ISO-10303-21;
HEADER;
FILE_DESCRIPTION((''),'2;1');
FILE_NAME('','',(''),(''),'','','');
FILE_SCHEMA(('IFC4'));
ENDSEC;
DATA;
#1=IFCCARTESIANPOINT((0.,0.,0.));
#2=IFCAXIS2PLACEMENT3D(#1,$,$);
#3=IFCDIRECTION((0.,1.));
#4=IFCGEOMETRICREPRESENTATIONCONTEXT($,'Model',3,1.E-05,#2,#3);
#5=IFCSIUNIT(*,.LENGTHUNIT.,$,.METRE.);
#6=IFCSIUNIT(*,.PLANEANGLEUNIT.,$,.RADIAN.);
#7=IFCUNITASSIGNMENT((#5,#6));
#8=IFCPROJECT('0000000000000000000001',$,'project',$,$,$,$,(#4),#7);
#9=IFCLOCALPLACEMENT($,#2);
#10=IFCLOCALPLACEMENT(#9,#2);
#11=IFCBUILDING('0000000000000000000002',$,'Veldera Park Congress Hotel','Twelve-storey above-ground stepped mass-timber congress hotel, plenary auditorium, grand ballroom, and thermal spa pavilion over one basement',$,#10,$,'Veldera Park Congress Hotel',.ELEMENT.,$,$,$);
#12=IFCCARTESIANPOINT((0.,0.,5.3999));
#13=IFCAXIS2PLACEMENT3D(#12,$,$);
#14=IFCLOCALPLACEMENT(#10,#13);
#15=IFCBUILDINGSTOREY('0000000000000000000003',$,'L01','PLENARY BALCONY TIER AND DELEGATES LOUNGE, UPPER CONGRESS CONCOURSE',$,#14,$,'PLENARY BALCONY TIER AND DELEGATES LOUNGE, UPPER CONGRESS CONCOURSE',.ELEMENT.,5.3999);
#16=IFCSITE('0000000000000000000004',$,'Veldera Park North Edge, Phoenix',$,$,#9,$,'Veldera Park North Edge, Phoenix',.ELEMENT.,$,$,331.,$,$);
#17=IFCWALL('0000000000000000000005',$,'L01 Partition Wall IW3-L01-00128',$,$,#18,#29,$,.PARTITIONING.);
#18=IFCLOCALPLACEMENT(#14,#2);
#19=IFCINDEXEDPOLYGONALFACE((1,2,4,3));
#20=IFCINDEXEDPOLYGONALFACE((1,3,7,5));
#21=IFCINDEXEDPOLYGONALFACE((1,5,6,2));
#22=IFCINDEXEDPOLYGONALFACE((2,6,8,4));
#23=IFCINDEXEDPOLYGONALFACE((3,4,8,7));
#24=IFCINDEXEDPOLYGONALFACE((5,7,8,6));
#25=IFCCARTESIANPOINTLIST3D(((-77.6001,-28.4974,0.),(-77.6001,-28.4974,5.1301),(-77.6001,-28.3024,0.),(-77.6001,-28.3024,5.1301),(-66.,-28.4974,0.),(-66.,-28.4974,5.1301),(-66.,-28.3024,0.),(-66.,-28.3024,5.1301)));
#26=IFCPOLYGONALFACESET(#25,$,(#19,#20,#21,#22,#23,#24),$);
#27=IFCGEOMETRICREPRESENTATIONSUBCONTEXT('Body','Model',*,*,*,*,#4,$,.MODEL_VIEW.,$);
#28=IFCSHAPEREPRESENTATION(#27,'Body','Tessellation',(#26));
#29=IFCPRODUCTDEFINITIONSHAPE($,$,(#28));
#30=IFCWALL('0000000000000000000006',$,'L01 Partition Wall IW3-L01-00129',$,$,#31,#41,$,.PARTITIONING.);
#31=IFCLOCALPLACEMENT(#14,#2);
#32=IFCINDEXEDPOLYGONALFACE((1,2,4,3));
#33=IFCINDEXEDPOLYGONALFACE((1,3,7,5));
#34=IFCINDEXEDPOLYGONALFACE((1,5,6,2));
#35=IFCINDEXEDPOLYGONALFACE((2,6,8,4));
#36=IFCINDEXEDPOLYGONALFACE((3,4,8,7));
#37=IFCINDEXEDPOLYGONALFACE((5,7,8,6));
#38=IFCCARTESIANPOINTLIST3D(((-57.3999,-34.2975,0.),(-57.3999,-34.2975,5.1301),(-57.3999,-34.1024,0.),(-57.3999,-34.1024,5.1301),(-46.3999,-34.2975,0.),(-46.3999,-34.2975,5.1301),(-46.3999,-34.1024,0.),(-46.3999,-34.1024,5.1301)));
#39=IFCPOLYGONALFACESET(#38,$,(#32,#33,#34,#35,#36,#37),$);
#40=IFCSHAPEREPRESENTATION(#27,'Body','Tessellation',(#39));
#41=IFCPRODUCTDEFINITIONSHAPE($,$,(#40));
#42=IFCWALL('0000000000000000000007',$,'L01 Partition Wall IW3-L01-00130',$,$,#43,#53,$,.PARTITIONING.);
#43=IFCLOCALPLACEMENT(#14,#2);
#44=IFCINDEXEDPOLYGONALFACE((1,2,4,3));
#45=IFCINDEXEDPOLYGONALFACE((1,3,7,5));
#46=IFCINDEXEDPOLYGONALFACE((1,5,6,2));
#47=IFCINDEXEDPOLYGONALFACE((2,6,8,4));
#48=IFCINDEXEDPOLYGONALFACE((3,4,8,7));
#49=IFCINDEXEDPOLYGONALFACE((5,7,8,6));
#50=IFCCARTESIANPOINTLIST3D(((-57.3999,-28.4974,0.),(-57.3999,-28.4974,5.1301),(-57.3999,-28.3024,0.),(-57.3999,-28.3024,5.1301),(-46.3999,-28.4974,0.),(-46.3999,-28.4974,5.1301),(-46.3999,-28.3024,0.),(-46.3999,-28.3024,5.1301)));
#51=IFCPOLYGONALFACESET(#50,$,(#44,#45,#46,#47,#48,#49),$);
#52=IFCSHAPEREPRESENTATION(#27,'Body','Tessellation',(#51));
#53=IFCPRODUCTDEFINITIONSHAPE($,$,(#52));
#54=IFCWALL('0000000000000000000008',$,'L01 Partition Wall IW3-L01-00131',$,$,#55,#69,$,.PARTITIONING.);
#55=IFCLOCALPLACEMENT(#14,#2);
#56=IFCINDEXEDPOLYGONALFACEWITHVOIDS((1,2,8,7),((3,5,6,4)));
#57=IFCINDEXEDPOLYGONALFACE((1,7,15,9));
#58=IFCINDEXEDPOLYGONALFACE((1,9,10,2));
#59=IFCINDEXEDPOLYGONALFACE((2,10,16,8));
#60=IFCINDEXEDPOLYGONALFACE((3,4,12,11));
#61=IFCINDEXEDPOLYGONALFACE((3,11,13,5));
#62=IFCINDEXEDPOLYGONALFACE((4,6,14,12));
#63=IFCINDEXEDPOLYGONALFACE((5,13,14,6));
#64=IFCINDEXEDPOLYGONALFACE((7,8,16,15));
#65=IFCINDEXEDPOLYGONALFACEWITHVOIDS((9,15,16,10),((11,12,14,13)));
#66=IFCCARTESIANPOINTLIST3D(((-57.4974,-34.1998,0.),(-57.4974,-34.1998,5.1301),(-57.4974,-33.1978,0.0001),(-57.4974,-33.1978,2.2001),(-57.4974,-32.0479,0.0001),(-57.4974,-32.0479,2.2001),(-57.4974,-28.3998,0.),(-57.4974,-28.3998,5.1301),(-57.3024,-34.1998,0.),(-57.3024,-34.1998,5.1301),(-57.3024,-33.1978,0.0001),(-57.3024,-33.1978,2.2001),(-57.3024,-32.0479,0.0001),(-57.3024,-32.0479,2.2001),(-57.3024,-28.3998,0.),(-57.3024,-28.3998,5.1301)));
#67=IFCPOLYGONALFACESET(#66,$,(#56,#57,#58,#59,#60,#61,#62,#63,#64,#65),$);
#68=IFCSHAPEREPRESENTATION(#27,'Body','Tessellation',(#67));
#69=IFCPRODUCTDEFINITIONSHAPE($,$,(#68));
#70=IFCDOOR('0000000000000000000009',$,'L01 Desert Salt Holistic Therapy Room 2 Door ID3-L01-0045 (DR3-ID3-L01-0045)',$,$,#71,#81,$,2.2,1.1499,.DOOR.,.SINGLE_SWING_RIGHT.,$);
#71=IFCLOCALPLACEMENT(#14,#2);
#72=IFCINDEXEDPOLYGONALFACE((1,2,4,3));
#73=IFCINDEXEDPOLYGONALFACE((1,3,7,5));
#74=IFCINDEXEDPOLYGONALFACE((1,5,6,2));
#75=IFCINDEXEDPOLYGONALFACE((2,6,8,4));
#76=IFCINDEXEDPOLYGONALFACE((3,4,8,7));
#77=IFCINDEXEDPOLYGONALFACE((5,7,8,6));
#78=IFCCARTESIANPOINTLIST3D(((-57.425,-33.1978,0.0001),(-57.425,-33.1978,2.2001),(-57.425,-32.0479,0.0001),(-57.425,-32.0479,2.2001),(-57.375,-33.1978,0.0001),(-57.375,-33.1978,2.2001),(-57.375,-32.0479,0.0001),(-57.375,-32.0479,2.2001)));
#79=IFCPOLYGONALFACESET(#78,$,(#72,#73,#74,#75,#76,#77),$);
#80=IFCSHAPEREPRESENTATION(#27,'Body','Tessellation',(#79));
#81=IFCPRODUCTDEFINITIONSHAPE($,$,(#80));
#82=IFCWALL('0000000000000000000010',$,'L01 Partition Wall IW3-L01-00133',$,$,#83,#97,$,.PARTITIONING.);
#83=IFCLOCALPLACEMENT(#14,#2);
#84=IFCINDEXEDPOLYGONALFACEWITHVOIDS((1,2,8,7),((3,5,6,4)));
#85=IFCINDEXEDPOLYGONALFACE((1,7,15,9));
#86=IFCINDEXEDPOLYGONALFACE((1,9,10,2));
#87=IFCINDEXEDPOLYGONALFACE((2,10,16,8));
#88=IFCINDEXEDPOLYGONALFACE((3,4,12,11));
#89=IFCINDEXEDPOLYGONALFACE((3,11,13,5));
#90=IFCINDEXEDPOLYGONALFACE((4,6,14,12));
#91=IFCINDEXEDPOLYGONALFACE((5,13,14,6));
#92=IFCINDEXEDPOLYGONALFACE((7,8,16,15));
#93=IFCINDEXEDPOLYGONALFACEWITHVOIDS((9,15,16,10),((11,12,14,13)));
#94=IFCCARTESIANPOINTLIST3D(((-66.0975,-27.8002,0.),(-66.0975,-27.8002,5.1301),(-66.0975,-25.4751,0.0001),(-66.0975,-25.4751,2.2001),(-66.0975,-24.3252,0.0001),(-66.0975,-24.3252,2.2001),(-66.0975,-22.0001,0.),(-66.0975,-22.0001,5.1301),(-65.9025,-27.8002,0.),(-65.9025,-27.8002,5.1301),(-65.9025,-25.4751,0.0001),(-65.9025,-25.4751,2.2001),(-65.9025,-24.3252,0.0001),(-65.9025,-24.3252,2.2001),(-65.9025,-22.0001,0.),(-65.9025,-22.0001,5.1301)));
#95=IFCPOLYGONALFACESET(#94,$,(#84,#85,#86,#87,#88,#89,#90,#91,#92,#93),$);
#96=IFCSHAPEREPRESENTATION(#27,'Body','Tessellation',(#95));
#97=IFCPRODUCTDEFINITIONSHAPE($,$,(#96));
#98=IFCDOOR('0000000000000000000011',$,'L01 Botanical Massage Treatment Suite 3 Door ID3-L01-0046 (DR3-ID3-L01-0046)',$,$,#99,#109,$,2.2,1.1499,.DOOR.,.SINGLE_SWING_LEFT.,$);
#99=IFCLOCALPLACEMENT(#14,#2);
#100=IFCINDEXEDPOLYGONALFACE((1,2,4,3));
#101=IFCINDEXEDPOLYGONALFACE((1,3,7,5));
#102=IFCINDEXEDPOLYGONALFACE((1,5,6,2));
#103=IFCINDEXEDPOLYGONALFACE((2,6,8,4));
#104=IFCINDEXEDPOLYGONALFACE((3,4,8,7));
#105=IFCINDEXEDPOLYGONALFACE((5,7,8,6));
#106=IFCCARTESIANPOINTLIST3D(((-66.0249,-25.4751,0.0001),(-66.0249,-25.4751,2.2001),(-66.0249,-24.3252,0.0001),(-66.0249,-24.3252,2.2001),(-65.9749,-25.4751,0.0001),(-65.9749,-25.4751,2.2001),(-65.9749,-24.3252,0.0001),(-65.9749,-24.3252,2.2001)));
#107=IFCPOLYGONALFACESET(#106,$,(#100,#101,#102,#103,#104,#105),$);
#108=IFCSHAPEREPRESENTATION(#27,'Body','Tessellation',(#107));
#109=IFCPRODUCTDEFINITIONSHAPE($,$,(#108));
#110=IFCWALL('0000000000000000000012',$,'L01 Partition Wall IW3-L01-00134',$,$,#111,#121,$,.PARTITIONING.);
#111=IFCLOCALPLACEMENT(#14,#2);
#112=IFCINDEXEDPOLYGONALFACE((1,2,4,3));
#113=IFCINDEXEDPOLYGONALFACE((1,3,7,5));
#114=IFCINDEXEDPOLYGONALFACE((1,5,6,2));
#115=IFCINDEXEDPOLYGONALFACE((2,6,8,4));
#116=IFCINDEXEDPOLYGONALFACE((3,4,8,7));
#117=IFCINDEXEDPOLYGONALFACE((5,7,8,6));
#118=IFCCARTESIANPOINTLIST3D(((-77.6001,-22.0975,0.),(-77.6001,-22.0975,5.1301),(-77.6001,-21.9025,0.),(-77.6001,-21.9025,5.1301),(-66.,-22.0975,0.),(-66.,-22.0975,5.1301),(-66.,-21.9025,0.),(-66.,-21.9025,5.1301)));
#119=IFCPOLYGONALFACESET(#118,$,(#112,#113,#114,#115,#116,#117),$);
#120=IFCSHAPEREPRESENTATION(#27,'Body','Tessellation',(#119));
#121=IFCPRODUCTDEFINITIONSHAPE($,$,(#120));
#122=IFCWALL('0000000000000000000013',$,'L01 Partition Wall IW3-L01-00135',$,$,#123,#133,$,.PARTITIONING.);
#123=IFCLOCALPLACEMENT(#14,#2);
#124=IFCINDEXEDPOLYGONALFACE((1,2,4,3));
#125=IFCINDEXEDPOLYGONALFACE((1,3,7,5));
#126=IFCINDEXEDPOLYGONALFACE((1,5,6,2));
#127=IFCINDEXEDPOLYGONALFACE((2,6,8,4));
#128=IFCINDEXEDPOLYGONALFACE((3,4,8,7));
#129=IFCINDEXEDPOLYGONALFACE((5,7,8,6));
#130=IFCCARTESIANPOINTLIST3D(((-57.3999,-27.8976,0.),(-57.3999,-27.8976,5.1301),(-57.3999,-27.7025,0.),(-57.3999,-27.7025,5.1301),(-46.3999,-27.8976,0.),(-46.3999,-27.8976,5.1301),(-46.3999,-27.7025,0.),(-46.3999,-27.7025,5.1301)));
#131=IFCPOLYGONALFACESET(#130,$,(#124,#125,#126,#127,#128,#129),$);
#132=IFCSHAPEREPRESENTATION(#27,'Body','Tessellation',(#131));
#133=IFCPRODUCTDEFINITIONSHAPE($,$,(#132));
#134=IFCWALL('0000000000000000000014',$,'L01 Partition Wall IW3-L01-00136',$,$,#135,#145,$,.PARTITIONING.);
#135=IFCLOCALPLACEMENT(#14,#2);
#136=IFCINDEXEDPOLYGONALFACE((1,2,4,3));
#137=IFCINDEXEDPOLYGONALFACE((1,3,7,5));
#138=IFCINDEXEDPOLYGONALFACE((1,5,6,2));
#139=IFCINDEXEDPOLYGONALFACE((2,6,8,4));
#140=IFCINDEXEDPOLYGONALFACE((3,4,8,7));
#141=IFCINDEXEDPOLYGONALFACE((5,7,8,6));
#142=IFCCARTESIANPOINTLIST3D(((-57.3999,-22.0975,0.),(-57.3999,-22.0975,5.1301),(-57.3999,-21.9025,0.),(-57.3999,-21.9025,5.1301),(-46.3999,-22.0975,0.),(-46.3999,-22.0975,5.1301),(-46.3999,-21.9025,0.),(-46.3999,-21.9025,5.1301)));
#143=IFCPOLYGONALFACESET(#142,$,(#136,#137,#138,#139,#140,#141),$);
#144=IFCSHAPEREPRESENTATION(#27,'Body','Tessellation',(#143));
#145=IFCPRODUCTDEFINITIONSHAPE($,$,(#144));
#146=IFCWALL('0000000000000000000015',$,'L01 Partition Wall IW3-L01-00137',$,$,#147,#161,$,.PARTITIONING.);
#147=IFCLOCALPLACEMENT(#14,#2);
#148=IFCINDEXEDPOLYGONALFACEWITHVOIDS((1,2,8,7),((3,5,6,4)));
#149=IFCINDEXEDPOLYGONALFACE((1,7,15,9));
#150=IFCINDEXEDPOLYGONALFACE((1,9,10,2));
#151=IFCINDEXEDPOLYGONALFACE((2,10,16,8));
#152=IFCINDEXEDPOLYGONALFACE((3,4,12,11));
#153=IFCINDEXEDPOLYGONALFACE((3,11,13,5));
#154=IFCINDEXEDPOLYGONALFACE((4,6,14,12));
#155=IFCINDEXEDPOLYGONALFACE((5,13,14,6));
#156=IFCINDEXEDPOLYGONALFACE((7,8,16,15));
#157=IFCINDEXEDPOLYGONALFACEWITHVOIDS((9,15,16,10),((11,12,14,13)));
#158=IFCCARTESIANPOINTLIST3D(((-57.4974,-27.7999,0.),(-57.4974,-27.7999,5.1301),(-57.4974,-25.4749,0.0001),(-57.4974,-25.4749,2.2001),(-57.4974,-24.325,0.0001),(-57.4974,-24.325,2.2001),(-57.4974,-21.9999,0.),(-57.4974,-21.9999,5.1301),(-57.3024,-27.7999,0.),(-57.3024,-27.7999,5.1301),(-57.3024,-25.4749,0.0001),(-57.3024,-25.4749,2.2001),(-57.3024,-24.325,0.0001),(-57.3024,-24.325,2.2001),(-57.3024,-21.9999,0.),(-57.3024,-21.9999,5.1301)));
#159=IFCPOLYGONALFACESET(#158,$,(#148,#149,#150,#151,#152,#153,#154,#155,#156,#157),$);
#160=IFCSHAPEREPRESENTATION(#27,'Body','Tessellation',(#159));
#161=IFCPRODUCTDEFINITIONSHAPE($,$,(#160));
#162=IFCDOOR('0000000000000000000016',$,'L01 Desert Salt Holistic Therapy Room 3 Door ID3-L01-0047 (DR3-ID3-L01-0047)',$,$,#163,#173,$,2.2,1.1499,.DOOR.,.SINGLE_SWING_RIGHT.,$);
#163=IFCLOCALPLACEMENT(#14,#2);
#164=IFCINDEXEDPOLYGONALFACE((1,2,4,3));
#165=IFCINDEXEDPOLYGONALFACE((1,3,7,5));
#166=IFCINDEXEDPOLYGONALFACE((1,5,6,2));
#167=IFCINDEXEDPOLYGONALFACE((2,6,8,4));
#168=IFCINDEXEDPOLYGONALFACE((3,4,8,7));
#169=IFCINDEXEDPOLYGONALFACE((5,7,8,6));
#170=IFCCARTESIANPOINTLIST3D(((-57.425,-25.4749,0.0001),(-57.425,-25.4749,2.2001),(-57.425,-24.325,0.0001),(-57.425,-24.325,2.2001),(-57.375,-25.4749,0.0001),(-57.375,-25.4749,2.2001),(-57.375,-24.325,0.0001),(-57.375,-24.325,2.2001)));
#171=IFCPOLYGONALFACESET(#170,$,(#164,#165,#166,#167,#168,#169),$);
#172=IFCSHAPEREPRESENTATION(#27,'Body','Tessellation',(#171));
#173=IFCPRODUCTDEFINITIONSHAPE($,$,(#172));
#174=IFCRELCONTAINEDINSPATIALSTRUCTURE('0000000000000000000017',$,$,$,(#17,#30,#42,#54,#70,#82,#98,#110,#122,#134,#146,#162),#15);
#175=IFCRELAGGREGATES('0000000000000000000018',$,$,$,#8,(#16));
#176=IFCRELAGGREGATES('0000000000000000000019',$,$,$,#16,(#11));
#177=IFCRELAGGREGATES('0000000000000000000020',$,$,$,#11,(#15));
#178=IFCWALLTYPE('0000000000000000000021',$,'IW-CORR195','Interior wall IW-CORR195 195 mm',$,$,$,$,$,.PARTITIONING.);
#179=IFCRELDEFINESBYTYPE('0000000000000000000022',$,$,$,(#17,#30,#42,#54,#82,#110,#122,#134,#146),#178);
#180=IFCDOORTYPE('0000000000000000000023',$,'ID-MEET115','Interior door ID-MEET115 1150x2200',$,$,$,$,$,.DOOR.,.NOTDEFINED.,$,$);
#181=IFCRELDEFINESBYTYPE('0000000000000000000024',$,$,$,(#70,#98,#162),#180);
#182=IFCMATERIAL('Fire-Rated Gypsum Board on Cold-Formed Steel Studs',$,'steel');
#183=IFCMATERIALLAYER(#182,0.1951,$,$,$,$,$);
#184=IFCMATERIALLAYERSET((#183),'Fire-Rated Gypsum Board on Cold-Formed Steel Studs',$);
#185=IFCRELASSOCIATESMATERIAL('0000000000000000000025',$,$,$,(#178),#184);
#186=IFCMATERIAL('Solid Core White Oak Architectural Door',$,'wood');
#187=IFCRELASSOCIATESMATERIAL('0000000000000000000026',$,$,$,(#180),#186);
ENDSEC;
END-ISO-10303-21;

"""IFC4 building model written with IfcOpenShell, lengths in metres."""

from ifc_helpers import new_model, si_unit, direction, frame, frame_2d, origin, place, context, subcontext, project, spatial, rectangle, extrude, material, layer, layer_set, type_object, element, fill, save


model = new_model("IFC4")

# Units and contexts
model_context = context("Model", 3, precision=1e-05, world=origin(), true_north=direction((0.0, 1.0)))
body_context = subcontext(model_context, "Body", "Model", "MODEL_VIEW")
ifc_project = project(units=[si_unit("LENGTHUNIT", "METRE"), si_unit("PLANEANGLEUNIT", "RADIAN")], contexts=[model_context])

# Site, building, storey
site_placement = place(None, origin())
site = spatial("IfcSite", under=ifc_project, at=site_placement, Name="Veldera Park North Edge, Phoenix", LongName="Veldera Park North Edge, Phoenix", CompositionType="ELEMENT", RefElevation=331.0)
building_placement = place(site_placement, origin())
building = spatial("IfcBuilding", under=site, at=building_placement, Name="Veldera Park Congress Hotel", Description="Twelve-storey above-ground stepped mass-timber congress hotel, plenary auditorium, grand ballroom, and thermal spa pavilion over one basement", LongName="Veldera Park Congress Hotel", CompositionType="ELEMENT")
storey_placement = place(building_placement, frame((0.0, 0.0, 5.3999)))
storey = spatial("IfcBuildingStorey", under=building, at=storey_placement, Name="L01", Description="PLENARY BALCONY TIER AND DELEGATES LOUNGE, UPPER CONGRESS CONCOURSE", LongName="PLENARY BALCONY TIER AND DELEGATES LOUNGE, UPPER CONGRESS CONCOURSE", CompositionType="ELEMENT", Elevation=5.3999)

# Shared definitions
ifc_material_1 = material(Name="Fire-Rated Gypsum Board on Cold-Formed Steel Studs", Category="steel")
ifc_layer = layer(ifc_material_1, 0.1951)
ifc_layer_set = layer_set([ifc_layer], Name="Fire-Rated Gypsum Board on Cold-Formed Steel Studs")
wall_type = type_object("IfcWallType", Name="IW-CORR195", Description="Interior wall IW-CORR195 195 mm", PredefinedType="PARTITIONING", material=ifc_layer_set)

# Shared definitions
ifc_material_2 = material(Name="Solid Core White Oak Architectural Door", Category="wood")
door_type = type_object("IfcDoorType", Name="ID-MEET115", Description="Interior door ID-MEET115 1150x2200", OperationType="NOTDEFINED", PredefinedType="DOOR", material=ifc_material_2)

# Walls
wall_1_placement = place(storey_placement, frame((-66.0, -28.3999, 0.0), z_axis=(0.0, 0.0, 1.0), x_axis=(-1.0, 0.0, 0.0)))
element("IfcWall", 1, at=wall_1_placement, inside=storey, type_object=wall_type, Name="L01 Partition Wall IW3-L01-00128", PredefinedType="PARTITIONING", context=body_context, shape_type="SweptSolid", body=[
    extrude(rectangle(XDim=11.6001, YDim=0.1951, at=frame_2d((5.8, 0.0))), origin(), (0.0, 0.0, 1.0), 5.1301),
])
for number, where, z_axis, x_axis, name in (
    (2, (-57.3999, -34.2, 0.0), (0.0, 0.0, 1.0), (1.0, 0.0, 0.0), "L01 Partition Wall IW3-L01-00129"),
    (3, (-46.3999, -28.3999, 0.0), (0.0, 0.0, 1.0), (-1.0, 0.0, 0.0), "L01 Partition Wall IW3-L01-00130"),
):
    element("IfcWall", number, at=place(storey_placement, frame(where, z_axis=z_axis, x_axis=x_axis)), inside=storey, type_object=wall_type, Name=name, PredefinedType="PARTITIONING", context=body_context, shape_type="SweptSolid", body=[
        extrude(rectangle(XDim=11.0, YDim=0.1951, at=frame_2d((5.5, 0.0))), origin(), (0.0, 0.0, 1.0), 5.1301),
    ])

# Walls, openings, doors
wall_2_placement = place(storey_placement, frame((-57.3999, -28.3999, 0.0), z_axis=(0.0, 0.0, 1.0), x_axis=(0.0, -1.0, 0.0)))
wall_2 = element("IfcWall", 4, at=wall_2_placement, inside=storey, type_object=wall_type, Name="L01 Partition Wall IW3-L01-00131", PredefinedType="PARTITIONING", context=body_context, shape_type="SweptSolid", body=[
    extrude(rectangle(XDim=5.8, YDim=0.1951, at=frame_2d((2.8999, 0.0))), origin(), (0.0, 0.0, 1.0), 5.1301),
])
opening_1_placement = place(wall_2_placement, frame((3.6479, 0.0, 0.0)))
opening_1 = element("IfcOpeningElement", 5, at=opening_1_placement, cuts=wall_2, PredefinedType="OPENING", context=body_context, shape_type="SweptSolid", body=[
    extrude(rectangle(XDim=1.1499, YDim=2.2, at=frame_2d((0.575, 1.1001))), frame((0.0, 0.1096, 0.0), z_axis=(0.0, -1.0, 0.0), x_axis=(1.0, 0.0, 0.0)), (0.0, 0.0, 1.0), 0.219),
])
door_1_placement = place(opening_1_placement, origin())
door_1 = element("IfcDoor", 6, at=door_1_placement, inside=storey, type_object=door_type, Name="L01 Desert Salt Holistic Therapy Room 2 Door ID3-L01-0045 (DR3-ID3-L01-0045)", OperationType="SINGLE_SWING_RIGHT", OverallHeight=2.2, OverallWidth=1.1499, PredefinedType="DOOR", context=body_context, shape_type="SweptSolid", body=[
    extrude(rectangle(XDim=1.1499, YDim=2.2, at=frame_2d((0.575, 1.1001))), frame((0.0, 0.0249, 0.0), z_axis=(0.0, -1.0, 0.0), x_axis=(1.0, 0.0, 0.0)), (0.0, 0.0, 1.0), 0.05),
])
fill(opening_1, door_1)
wall_3_placement = place(storey_placement, frame((-66.0, -27.8, 0.0), z_axis=(0.0, 0.0, 1.0), x_axis=(0.0, 1.0, 0.0)))
wall_3 = element("IfcWall", 7, at=wall_3_placement, inside=storey, type_object=wall_type, Name="L01 Partition Wall IW3-L01-00133", PredefinedType="PARTITIONING", context=body_context, shape_type="SweptSolid", body=[
    extrude(rectangle(XDim=5.8, YDim=0.1951, at=frame_2d((2.8999, 0.0))), origin(), (0.0, 0.0, 1.0), 5.1301),
])
opening_2_placement = place(wall_3_placement, frame((2.325, 0.0, 0.0)))
opening_2 = element("IfcOpeningElement", 8, at=opening_2_placement, cuts=wall_3, PredefinedType="OPENING", context=body_context, shape_type="SweptSolid", body=[
    extrude(rectangle(XDim=1.1499, YDim=2.2, at=frame_2d((0.575, 1.1001))), frame((0.0, 0.1096, 0.0), z_axis=(0.0, -1.0, 0.0), x_axis=(1.0, 0.0, 0.0)), (0.0, 0.0, 1.0), 0.219),
])
door_2_placement = place(opening_2_placement, origin())
door_2 = element("IfcDoor", 9, at=door_2_placement, inside=storey, type_object=door_type, Name="L01 Botanical Massage Treatment Suite 3 Door ID3-L01-0046 (DR3-ID3-L01-0046)", OperationType="SINGLE_SWING_LEFT", OverallHeight=2.2, OverallWidth=1.1499, PredefinedType="DOOR", context=body_context, shape_type="SweptSolid", body=[
    extrude(rectangle(XDim=1.1499, YDim=2.2, at=frame_2d((0.575, 1.1001))), frame((0.0, 0.0249, 0.0), z_axis=(0.0, -1.0, 0.0), x_axis=(1.0, 0.0, 0.0)), (0.0, 0.0, 1.0), 0.05),
])
fill(opening_2, door_2)

# Walls
wall_4_placement = place(storey_placement, frame((-66.0, -22.0, 0.0), z_axis=(0.0, 0.0, 1.0), x_axis=(-1.0, 0.0, 0.0)))
element("IfcWall", 10, at=wall_4_placement, inside=storey, type_object=wall_type, Name="L01 Partition Wall IW3-L01-00134", PredefinedType="PARTITIONING", context=body_context, shape_type="SweptSolid", body=[
    extrude(rectangle(XDim=11.6001, YDim=0.1951, at=frame_2d((5.8, 0.0))), origin(), (0.0, 0.0, 1.0), 5.1301),
])
for number, where, z_axis, x_axis, name in (
    (11, (-57.3999, -27.8, 0.0), (0.0, 0.0, 1.0), (1.0, 0.0, 0.0), "L01 Partition Wall IW3-L01-00135"),
    (12, (-46.3999, -22.0, 0.0), (0.0, 0.0, 1.0), (-1.0, 0.0, 0.0), "L01 Partition Wall IW3-L01-00136"),
):
    element("IfcWall", number, at=place(storey_placement, frame(where, z_axis=z_axis, x_axis=x_axis)), inside=storey, type_object=wall_type, Name=name, PredefinedType="PARTITIONING", context=body_context, shape_type="SweptSolid", body=[
        extrude(rectangle(XDim=11.0, YDim=0.1951, at=frame_2d((5.5, 0.0))), origin(), (0.0, 0.0, 1.0), 5.1301),
    ])

# Wall, opening, door
wall_5_placement = place(storey_placement, frame((-57.3999, -22.0, 0.0), z_axis=(0.0, 0.0, 1.0), x_axis=(0.0, -1.0, 0.0)))
wall_5 = element("IfcWall", 13, at=wall_5_placement, inside=storey, type_object=wall_type, Name="L01 Partition Wall IW3-L01-00137", PredefinedType="PARTITIONING", context=body_context, shape_type="SweptSolid", body=[
    extrude(rectangle(XDim=5.8, YDim=0.1951, at=frame_2d((2.8999, 0.0))), origin(), (0.0, 0.0, 1.0), 5.1301),
])
opening_3_placement = place(wall_5_placement, frame((2.325, 0.0, 0.0)))
opening_3 = element("IfcOpeningElement", 14, at=opening_3_placement, cuts=wall_5, PredefinedType="OPENING", context=body_context, shape_type="SweptSolid", body=[
    extrude(rectangle(XDim=1.1499, YDim=2.2, at=frame_2d((0.575, 1.1001))), frame((0.0, 0.1096, 0.0), z_axis=(0.0, -1.0, 0.0), x_axis=(1.0, 0.0, 0.0)), (0.0, 0.0, 1.0), 0.219),
])
door_3_placement = place(opening_3_placement, origin())
door_3 = element("IfcDoor", 15, at=door_3_placement, inside=storey, type_object=door_type, Name="L01 Desert Salt Holistic Therapy Room 3 Door ID3-L01-0047 (DR3-ID3-L01-0047)", OperationType="SINGLE_SWING_RIGHT", OverallHeight=2.2, OverallWidth=1.1499, PredefinedType="DOOR", context=body_context, shape_type="SweptSolid", body=[
    extrude(rectangle(XDim=1.1499, YDim=2.2, at=frame_2d((0.575, 1.1001))), frame((0.0, 0.0249, 0.0), z_axis=(0.0, -1.0, 0.0), x_axis=(1.0, 0.0, 0.0)), (0.0, 0.0, 1.0), 0.05),
])
fill(opening_3, door_3)

save(model, "model.ifc")
